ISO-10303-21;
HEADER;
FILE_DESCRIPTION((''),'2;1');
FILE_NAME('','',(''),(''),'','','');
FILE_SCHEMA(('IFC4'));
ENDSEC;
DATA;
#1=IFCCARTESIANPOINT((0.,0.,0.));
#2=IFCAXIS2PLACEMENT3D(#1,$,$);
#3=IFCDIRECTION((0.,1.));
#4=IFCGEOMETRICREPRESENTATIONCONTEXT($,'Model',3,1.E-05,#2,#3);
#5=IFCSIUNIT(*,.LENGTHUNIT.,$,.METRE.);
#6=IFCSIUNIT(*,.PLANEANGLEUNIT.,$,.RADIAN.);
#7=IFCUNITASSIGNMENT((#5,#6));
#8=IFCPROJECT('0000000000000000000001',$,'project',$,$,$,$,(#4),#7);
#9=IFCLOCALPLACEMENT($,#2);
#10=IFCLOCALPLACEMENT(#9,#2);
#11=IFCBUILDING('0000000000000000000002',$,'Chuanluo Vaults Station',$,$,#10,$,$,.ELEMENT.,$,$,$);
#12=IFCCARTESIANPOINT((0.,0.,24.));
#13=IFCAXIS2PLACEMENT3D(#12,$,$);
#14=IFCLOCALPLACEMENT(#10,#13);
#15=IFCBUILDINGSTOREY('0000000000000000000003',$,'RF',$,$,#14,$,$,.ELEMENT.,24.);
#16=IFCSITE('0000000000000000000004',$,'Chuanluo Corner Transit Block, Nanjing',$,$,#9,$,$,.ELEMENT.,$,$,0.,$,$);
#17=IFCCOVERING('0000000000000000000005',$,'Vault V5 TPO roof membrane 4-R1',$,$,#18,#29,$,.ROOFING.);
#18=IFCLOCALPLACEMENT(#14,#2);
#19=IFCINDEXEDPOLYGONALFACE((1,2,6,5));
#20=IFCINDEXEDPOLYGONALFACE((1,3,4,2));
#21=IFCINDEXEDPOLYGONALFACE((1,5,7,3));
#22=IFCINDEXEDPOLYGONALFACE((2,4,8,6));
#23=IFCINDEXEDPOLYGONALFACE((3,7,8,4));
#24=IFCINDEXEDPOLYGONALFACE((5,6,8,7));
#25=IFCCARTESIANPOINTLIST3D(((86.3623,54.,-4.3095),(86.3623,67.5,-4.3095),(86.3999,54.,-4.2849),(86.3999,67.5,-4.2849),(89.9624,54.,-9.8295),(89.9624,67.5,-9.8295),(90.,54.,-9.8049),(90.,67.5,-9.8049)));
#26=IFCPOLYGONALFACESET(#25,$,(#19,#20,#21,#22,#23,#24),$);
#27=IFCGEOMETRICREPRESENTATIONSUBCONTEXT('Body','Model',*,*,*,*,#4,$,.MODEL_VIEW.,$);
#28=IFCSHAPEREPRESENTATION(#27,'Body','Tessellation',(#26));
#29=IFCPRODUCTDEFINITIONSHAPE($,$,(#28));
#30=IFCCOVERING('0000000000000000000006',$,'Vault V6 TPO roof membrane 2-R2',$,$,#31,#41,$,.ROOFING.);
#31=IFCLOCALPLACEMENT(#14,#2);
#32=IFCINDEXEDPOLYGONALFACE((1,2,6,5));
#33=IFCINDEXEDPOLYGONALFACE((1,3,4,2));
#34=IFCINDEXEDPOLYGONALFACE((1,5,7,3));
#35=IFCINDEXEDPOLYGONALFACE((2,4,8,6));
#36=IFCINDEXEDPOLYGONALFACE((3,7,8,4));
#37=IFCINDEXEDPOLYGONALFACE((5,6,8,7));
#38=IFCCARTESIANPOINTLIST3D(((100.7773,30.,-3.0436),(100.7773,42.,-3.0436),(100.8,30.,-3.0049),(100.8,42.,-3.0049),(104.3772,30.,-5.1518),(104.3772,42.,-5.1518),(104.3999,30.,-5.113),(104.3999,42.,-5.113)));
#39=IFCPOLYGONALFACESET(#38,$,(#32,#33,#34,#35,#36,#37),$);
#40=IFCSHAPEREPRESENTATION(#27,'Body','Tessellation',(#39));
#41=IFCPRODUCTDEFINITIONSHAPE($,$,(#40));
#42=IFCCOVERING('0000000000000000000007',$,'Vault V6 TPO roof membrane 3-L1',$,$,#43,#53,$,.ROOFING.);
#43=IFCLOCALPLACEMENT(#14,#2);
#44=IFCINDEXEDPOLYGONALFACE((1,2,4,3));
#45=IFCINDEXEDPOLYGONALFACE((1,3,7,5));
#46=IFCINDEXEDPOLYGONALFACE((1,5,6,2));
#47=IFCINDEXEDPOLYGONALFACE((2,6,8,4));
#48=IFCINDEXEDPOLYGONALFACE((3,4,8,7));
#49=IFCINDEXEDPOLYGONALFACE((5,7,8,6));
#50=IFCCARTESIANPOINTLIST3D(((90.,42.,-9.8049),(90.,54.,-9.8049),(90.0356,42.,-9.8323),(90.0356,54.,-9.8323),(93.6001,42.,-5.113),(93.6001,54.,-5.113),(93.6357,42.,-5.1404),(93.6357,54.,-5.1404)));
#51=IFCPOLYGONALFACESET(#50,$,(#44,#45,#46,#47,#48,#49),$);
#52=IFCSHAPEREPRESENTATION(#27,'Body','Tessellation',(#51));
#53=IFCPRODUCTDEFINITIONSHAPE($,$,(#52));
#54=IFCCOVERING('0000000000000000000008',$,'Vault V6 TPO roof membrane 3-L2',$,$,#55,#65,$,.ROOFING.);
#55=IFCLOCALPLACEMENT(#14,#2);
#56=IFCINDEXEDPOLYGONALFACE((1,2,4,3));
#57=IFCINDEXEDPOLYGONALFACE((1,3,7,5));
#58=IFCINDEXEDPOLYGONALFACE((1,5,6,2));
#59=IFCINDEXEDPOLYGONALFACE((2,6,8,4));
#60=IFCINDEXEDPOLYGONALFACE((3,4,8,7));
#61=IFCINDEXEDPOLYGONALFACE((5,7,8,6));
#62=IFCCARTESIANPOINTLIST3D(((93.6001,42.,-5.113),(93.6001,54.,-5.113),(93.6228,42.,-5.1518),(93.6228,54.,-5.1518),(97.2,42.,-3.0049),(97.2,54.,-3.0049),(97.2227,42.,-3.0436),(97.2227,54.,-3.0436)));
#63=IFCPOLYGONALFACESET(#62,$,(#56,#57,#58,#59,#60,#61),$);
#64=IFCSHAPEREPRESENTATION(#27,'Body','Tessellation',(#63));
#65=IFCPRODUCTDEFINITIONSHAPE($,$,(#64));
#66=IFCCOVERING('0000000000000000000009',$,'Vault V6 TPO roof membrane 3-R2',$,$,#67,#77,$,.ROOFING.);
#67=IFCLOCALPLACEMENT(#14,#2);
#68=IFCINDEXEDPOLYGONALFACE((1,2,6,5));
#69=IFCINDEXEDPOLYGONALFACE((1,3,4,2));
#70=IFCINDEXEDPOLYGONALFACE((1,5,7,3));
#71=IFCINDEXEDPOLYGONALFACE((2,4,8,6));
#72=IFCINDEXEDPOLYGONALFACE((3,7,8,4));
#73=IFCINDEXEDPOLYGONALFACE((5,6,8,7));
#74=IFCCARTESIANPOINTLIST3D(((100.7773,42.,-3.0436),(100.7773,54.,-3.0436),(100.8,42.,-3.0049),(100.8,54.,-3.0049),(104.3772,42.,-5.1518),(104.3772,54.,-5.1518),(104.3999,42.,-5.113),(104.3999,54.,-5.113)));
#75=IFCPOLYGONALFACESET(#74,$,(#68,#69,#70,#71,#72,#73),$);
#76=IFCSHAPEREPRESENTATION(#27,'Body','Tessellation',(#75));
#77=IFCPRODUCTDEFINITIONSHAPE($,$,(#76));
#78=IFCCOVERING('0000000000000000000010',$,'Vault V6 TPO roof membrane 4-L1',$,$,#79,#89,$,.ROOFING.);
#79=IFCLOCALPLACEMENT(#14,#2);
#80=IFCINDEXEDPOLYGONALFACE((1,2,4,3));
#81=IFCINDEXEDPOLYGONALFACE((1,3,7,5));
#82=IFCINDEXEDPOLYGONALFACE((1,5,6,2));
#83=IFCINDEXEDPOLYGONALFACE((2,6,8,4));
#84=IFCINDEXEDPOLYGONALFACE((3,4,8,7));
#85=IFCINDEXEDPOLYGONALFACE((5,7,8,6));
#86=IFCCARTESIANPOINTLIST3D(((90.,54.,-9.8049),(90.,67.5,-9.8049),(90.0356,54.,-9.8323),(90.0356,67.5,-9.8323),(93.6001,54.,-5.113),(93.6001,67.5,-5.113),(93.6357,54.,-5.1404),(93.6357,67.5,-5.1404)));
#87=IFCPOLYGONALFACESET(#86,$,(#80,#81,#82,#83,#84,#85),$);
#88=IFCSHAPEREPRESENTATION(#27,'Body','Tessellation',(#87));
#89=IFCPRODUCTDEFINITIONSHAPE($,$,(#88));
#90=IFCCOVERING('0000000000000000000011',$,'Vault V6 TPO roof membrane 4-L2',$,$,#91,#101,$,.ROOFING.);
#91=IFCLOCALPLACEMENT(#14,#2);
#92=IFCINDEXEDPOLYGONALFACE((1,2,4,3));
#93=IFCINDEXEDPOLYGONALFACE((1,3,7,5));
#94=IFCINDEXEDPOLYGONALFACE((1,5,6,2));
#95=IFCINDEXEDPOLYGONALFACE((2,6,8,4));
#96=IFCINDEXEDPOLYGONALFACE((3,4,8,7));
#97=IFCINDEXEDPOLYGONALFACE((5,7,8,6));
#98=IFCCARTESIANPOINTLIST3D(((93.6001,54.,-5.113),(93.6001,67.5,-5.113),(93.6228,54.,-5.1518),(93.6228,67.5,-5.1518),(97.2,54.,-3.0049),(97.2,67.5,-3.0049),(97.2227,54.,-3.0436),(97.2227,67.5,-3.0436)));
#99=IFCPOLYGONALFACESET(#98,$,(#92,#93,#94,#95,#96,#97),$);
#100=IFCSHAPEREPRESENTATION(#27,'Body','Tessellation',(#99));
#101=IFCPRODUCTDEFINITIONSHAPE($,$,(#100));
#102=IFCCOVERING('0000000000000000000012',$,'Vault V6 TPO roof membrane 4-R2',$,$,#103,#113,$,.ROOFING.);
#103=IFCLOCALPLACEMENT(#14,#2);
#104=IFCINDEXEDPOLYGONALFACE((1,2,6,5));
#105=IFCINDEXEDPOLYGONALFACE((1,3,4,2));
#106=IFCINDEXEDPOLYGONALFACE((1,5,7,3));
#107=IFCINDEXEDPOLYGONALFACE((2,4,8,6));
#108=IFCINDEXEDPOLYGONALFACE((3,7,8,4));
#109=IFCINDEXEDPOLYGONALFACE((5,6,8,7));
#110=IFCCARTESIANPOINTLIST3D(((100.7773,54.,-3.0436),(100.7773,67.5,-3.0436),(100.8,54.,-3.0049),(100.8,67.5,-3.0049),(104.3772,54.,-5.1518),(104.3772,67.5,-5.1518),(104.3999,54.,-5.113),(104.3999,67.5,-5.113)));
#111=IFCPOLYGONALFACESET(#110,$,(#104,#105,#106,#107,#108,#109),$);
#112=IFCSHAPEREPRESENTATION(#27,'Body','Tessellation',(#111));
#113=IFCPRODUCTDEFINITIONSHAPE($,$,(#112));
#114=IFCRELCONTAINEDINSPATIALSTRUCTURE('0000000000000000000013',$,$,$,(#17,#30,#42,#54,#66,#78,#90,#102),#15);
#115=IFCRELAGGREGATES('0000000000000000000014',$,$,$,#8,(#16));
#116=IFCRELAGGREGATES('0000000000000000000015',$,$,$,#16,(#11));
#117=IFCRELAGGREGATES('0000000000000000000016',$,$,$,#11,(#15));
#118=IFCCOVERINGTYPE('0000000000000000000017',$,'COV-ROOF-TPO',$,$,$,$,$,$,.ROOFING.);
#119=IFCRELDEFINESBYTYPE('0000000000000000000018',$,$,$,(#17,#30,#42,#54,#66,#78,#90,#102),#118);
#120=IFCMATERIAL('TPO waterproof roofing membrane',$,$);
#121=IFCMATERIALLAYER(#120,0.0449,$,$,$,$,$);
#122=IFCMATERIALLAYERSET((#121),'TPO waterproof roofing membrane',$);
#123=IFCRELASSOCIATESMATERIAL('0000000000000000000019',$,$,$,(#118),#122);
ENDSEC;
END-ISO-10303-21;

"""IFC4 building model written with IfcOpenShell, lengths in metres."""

from ifc_helpers import new_model, si_unit, direction, frame, origin, place, context, subcontext, project, spatial, polyline, outline, extrude, material, layer, layer_set, type_object, element, save


model = new_model("IFC4")

# Units and contexts
model_context = context("Model", 3, precision=1e-05, world=origin(), true_north=direction((0.0, 1.0)))
body_context = subcontext(model_context, "Body", "Model", "MODEL_VIEW")
ifc_project = project(units=[si_unit("LENGTHUNIT", "METRE"), si_unit("PLANEANGLEUNIT", "RADIAN")], contexts=[model_context])

# Site, building, storey
site_placement = place(None, origin())
site = spatial("IfcSite", under=ifc_project, at=site_placement, Name="Chuanluo Corner Transit Block, Nanjing", CompositionType="ELEMENT", RefElevation=0.0)
building_placement = place(site_placement, origin())
building = spatial("IfcBuilding", under=site, at=building_placement, Name="Chuanluo Vaults Station", CompositionType="ELEMENT")
storey_placement = place(building_placement, frame((0.0, 0.0, 24.0)))
storey = spatial("IfcBuildingStorey", under=building, at=storey_placement, Name="RF", CompositionType="ELEMENT", Elevation=24.0)

# Coverings
ifc_material_1 = material(Name="TPO waterproof roofing membrane")
ifc_layer_1 = layer(ifc_material_1, 0.0449)
ifc_layer_set_1 = layer_set([ifc_layer_1], Name="TPO waterproof roofing membrane")
covering_type = type_object("IfcCoveringType", Name="COV-ROOF-TPO", PredefinedType="ROOFING", material=ifc_layer_set_1)
covering_1_placement = place(storey_placement, frame((86.3999, 54.0, -4.2849), z_axis=(0.837605, 0.0, 0.546277), x_axis=(0.546277, 0.0, -0.837605)))
element("IfcCovering", 1, at=covering_1_placement, inside=storey, type_object=covering_type, Name="Vault V5 TPO roof membrane 4-R1", PredefinedType="ROOFING", context=body_context, shape_type="SweptSolid", body=[
    extrude(outline(polyline([(0.0, 0.0), (6.5902, 0.0), (6.5902, 13.5), (0.0, 13.5), (0.0, 0.0)])), origin(), (0.0, 0.0, -1.0), 0.0449),
])
covering_2_placement = place(storey_placement, frame((100.8, 30.0, -3.0049), z_axis=(0.505344, 0.0, 0.862918), x_axis=(0.862918, 0.0, -0.505344)))
element("IfcCovering", 2, at=covering_2_placement, inside=storey, type_object=covering_type, Name="Vault V6 TPO roof membrane 2-R2", PredefinedType="ROOFING", context=body_context, shape_type="SweptSolid", body=[
    extrude(outline(polyline([(0.0, 0.0), (4.1717, 0.0), (4.1717, 12.0), (0.0, 12.0), (0.0, 0.0)])), origin(), (0.0, 0.0, -1.0), 0.0449),
])
covering_3_placement = place(storey_placement, frame((90.0, 42.0, -9.8049), z_axis=(-0.793363, 0.0, 0.608749), x_axis=(0.608749, 0.0, 0.793363)))
element("IfcCovering", 3, at=covering_3_placement, inside=storey, type_object=covering_type, Name="Vault V6 TPO roof membrane 3-L1", PredefinedType="ROOFING", context=body_context, shape_type="SweptSolid", body=[
    extrude(outline(polyline([(0.0, 0.0), (5.9139, 0.0), (5.9139, 12.0), (0.0, 12.0), (0.0, 0.0)])), origin(), (0.0, 0.0, -1.0), 0.0449),
])
for number, where, z_axis, x_axis, name in (
    (4, (93.6001, 42.0, -5.113), (-0.505344, 0.0, 0.862918), (0.862918, 0.0, 0.505344), "Vault V6 TPO roof membrane 3-L2"),
    (5, (100.8, 42.0, -3.0049), (0.505344, 0.0, 0.862918), (0.862918, 0.0, -0.505344), "Vault V6 TPO roof membrane 3-R2"),
):
    element("IfcCovering", number, at=place(storey_placement, frame(where, z_axis=z_axis, x_axis=x_axis)), inside=storey, type_object=covering_type, Name=name, PredefinedType="ROOFING", context=body_context, shape_type="SweptSolid", body=[
        extrude(outline(polyline([(0.0, 0.0), (4.1717, 0.0), (4.1717, 12.0), (0.0, 12.0), (0.0, 0.0)])), origin(), (0.0, 0.0, -1.0), 0.0449),
    ])
covering_4_placement = place(storey_placement, frame((90.0, 54.0, -9.8049), z_axis=(-0.793363, 0.0, 0.608749), x_axis=(0.608749, 0.0, 0.793363)))
element("IfcCovering", 6, at=covering_4_placement, inside=storey, type_object=covering_type, Name="Vault V6 TPO roof membrane 4-L1", PredefinedType="ROOFING", context=body_context, shape_type="SweptSolid", body=[
    extrude(outline(polyline([(0.0, 0.0), (5.9139, 0.0), (5.9139, 13.5), (0.0, 13.5), (0.0, 0.0)])), origin(), (0.0, 0.0, -1.0), 0.0449),
])
for number, where, z_axis, x_axis, name in (
    (7, (93.6001, 54.0, -5.113), (-0.505344, 0.0, 0.862918), (0.862918, 0.0, 0.505344), "Vault V6 TPO roof membrane 4-L2"),
    (8, (100.8, 54.0, -3.0049), (0.505344, 0.0, 0.862918), (0.862918, 0.0, -0.505344), "Vault V6 TPO roof membrane 4-R2"),
):
    element("IfcCovering", number, at=place(storey_placement, frame(where, z_axis=z_axis, x_axis=x_axis)), inside=storey, type_object=covering_type, Name=name, PredefinedType="ROOFING", context=body_context, shape_type="SweptSolid", body=[
        extrude(outline(polyline([(0.0, 0.0), (4.1717, 0.0), (4.1717, 13.5), (0.0, 13.5), (0.0, 0.0)])), origin(), (0.0, 0.0, -1.0), 0.0449),
    ])

save(model, "model.ifc")
